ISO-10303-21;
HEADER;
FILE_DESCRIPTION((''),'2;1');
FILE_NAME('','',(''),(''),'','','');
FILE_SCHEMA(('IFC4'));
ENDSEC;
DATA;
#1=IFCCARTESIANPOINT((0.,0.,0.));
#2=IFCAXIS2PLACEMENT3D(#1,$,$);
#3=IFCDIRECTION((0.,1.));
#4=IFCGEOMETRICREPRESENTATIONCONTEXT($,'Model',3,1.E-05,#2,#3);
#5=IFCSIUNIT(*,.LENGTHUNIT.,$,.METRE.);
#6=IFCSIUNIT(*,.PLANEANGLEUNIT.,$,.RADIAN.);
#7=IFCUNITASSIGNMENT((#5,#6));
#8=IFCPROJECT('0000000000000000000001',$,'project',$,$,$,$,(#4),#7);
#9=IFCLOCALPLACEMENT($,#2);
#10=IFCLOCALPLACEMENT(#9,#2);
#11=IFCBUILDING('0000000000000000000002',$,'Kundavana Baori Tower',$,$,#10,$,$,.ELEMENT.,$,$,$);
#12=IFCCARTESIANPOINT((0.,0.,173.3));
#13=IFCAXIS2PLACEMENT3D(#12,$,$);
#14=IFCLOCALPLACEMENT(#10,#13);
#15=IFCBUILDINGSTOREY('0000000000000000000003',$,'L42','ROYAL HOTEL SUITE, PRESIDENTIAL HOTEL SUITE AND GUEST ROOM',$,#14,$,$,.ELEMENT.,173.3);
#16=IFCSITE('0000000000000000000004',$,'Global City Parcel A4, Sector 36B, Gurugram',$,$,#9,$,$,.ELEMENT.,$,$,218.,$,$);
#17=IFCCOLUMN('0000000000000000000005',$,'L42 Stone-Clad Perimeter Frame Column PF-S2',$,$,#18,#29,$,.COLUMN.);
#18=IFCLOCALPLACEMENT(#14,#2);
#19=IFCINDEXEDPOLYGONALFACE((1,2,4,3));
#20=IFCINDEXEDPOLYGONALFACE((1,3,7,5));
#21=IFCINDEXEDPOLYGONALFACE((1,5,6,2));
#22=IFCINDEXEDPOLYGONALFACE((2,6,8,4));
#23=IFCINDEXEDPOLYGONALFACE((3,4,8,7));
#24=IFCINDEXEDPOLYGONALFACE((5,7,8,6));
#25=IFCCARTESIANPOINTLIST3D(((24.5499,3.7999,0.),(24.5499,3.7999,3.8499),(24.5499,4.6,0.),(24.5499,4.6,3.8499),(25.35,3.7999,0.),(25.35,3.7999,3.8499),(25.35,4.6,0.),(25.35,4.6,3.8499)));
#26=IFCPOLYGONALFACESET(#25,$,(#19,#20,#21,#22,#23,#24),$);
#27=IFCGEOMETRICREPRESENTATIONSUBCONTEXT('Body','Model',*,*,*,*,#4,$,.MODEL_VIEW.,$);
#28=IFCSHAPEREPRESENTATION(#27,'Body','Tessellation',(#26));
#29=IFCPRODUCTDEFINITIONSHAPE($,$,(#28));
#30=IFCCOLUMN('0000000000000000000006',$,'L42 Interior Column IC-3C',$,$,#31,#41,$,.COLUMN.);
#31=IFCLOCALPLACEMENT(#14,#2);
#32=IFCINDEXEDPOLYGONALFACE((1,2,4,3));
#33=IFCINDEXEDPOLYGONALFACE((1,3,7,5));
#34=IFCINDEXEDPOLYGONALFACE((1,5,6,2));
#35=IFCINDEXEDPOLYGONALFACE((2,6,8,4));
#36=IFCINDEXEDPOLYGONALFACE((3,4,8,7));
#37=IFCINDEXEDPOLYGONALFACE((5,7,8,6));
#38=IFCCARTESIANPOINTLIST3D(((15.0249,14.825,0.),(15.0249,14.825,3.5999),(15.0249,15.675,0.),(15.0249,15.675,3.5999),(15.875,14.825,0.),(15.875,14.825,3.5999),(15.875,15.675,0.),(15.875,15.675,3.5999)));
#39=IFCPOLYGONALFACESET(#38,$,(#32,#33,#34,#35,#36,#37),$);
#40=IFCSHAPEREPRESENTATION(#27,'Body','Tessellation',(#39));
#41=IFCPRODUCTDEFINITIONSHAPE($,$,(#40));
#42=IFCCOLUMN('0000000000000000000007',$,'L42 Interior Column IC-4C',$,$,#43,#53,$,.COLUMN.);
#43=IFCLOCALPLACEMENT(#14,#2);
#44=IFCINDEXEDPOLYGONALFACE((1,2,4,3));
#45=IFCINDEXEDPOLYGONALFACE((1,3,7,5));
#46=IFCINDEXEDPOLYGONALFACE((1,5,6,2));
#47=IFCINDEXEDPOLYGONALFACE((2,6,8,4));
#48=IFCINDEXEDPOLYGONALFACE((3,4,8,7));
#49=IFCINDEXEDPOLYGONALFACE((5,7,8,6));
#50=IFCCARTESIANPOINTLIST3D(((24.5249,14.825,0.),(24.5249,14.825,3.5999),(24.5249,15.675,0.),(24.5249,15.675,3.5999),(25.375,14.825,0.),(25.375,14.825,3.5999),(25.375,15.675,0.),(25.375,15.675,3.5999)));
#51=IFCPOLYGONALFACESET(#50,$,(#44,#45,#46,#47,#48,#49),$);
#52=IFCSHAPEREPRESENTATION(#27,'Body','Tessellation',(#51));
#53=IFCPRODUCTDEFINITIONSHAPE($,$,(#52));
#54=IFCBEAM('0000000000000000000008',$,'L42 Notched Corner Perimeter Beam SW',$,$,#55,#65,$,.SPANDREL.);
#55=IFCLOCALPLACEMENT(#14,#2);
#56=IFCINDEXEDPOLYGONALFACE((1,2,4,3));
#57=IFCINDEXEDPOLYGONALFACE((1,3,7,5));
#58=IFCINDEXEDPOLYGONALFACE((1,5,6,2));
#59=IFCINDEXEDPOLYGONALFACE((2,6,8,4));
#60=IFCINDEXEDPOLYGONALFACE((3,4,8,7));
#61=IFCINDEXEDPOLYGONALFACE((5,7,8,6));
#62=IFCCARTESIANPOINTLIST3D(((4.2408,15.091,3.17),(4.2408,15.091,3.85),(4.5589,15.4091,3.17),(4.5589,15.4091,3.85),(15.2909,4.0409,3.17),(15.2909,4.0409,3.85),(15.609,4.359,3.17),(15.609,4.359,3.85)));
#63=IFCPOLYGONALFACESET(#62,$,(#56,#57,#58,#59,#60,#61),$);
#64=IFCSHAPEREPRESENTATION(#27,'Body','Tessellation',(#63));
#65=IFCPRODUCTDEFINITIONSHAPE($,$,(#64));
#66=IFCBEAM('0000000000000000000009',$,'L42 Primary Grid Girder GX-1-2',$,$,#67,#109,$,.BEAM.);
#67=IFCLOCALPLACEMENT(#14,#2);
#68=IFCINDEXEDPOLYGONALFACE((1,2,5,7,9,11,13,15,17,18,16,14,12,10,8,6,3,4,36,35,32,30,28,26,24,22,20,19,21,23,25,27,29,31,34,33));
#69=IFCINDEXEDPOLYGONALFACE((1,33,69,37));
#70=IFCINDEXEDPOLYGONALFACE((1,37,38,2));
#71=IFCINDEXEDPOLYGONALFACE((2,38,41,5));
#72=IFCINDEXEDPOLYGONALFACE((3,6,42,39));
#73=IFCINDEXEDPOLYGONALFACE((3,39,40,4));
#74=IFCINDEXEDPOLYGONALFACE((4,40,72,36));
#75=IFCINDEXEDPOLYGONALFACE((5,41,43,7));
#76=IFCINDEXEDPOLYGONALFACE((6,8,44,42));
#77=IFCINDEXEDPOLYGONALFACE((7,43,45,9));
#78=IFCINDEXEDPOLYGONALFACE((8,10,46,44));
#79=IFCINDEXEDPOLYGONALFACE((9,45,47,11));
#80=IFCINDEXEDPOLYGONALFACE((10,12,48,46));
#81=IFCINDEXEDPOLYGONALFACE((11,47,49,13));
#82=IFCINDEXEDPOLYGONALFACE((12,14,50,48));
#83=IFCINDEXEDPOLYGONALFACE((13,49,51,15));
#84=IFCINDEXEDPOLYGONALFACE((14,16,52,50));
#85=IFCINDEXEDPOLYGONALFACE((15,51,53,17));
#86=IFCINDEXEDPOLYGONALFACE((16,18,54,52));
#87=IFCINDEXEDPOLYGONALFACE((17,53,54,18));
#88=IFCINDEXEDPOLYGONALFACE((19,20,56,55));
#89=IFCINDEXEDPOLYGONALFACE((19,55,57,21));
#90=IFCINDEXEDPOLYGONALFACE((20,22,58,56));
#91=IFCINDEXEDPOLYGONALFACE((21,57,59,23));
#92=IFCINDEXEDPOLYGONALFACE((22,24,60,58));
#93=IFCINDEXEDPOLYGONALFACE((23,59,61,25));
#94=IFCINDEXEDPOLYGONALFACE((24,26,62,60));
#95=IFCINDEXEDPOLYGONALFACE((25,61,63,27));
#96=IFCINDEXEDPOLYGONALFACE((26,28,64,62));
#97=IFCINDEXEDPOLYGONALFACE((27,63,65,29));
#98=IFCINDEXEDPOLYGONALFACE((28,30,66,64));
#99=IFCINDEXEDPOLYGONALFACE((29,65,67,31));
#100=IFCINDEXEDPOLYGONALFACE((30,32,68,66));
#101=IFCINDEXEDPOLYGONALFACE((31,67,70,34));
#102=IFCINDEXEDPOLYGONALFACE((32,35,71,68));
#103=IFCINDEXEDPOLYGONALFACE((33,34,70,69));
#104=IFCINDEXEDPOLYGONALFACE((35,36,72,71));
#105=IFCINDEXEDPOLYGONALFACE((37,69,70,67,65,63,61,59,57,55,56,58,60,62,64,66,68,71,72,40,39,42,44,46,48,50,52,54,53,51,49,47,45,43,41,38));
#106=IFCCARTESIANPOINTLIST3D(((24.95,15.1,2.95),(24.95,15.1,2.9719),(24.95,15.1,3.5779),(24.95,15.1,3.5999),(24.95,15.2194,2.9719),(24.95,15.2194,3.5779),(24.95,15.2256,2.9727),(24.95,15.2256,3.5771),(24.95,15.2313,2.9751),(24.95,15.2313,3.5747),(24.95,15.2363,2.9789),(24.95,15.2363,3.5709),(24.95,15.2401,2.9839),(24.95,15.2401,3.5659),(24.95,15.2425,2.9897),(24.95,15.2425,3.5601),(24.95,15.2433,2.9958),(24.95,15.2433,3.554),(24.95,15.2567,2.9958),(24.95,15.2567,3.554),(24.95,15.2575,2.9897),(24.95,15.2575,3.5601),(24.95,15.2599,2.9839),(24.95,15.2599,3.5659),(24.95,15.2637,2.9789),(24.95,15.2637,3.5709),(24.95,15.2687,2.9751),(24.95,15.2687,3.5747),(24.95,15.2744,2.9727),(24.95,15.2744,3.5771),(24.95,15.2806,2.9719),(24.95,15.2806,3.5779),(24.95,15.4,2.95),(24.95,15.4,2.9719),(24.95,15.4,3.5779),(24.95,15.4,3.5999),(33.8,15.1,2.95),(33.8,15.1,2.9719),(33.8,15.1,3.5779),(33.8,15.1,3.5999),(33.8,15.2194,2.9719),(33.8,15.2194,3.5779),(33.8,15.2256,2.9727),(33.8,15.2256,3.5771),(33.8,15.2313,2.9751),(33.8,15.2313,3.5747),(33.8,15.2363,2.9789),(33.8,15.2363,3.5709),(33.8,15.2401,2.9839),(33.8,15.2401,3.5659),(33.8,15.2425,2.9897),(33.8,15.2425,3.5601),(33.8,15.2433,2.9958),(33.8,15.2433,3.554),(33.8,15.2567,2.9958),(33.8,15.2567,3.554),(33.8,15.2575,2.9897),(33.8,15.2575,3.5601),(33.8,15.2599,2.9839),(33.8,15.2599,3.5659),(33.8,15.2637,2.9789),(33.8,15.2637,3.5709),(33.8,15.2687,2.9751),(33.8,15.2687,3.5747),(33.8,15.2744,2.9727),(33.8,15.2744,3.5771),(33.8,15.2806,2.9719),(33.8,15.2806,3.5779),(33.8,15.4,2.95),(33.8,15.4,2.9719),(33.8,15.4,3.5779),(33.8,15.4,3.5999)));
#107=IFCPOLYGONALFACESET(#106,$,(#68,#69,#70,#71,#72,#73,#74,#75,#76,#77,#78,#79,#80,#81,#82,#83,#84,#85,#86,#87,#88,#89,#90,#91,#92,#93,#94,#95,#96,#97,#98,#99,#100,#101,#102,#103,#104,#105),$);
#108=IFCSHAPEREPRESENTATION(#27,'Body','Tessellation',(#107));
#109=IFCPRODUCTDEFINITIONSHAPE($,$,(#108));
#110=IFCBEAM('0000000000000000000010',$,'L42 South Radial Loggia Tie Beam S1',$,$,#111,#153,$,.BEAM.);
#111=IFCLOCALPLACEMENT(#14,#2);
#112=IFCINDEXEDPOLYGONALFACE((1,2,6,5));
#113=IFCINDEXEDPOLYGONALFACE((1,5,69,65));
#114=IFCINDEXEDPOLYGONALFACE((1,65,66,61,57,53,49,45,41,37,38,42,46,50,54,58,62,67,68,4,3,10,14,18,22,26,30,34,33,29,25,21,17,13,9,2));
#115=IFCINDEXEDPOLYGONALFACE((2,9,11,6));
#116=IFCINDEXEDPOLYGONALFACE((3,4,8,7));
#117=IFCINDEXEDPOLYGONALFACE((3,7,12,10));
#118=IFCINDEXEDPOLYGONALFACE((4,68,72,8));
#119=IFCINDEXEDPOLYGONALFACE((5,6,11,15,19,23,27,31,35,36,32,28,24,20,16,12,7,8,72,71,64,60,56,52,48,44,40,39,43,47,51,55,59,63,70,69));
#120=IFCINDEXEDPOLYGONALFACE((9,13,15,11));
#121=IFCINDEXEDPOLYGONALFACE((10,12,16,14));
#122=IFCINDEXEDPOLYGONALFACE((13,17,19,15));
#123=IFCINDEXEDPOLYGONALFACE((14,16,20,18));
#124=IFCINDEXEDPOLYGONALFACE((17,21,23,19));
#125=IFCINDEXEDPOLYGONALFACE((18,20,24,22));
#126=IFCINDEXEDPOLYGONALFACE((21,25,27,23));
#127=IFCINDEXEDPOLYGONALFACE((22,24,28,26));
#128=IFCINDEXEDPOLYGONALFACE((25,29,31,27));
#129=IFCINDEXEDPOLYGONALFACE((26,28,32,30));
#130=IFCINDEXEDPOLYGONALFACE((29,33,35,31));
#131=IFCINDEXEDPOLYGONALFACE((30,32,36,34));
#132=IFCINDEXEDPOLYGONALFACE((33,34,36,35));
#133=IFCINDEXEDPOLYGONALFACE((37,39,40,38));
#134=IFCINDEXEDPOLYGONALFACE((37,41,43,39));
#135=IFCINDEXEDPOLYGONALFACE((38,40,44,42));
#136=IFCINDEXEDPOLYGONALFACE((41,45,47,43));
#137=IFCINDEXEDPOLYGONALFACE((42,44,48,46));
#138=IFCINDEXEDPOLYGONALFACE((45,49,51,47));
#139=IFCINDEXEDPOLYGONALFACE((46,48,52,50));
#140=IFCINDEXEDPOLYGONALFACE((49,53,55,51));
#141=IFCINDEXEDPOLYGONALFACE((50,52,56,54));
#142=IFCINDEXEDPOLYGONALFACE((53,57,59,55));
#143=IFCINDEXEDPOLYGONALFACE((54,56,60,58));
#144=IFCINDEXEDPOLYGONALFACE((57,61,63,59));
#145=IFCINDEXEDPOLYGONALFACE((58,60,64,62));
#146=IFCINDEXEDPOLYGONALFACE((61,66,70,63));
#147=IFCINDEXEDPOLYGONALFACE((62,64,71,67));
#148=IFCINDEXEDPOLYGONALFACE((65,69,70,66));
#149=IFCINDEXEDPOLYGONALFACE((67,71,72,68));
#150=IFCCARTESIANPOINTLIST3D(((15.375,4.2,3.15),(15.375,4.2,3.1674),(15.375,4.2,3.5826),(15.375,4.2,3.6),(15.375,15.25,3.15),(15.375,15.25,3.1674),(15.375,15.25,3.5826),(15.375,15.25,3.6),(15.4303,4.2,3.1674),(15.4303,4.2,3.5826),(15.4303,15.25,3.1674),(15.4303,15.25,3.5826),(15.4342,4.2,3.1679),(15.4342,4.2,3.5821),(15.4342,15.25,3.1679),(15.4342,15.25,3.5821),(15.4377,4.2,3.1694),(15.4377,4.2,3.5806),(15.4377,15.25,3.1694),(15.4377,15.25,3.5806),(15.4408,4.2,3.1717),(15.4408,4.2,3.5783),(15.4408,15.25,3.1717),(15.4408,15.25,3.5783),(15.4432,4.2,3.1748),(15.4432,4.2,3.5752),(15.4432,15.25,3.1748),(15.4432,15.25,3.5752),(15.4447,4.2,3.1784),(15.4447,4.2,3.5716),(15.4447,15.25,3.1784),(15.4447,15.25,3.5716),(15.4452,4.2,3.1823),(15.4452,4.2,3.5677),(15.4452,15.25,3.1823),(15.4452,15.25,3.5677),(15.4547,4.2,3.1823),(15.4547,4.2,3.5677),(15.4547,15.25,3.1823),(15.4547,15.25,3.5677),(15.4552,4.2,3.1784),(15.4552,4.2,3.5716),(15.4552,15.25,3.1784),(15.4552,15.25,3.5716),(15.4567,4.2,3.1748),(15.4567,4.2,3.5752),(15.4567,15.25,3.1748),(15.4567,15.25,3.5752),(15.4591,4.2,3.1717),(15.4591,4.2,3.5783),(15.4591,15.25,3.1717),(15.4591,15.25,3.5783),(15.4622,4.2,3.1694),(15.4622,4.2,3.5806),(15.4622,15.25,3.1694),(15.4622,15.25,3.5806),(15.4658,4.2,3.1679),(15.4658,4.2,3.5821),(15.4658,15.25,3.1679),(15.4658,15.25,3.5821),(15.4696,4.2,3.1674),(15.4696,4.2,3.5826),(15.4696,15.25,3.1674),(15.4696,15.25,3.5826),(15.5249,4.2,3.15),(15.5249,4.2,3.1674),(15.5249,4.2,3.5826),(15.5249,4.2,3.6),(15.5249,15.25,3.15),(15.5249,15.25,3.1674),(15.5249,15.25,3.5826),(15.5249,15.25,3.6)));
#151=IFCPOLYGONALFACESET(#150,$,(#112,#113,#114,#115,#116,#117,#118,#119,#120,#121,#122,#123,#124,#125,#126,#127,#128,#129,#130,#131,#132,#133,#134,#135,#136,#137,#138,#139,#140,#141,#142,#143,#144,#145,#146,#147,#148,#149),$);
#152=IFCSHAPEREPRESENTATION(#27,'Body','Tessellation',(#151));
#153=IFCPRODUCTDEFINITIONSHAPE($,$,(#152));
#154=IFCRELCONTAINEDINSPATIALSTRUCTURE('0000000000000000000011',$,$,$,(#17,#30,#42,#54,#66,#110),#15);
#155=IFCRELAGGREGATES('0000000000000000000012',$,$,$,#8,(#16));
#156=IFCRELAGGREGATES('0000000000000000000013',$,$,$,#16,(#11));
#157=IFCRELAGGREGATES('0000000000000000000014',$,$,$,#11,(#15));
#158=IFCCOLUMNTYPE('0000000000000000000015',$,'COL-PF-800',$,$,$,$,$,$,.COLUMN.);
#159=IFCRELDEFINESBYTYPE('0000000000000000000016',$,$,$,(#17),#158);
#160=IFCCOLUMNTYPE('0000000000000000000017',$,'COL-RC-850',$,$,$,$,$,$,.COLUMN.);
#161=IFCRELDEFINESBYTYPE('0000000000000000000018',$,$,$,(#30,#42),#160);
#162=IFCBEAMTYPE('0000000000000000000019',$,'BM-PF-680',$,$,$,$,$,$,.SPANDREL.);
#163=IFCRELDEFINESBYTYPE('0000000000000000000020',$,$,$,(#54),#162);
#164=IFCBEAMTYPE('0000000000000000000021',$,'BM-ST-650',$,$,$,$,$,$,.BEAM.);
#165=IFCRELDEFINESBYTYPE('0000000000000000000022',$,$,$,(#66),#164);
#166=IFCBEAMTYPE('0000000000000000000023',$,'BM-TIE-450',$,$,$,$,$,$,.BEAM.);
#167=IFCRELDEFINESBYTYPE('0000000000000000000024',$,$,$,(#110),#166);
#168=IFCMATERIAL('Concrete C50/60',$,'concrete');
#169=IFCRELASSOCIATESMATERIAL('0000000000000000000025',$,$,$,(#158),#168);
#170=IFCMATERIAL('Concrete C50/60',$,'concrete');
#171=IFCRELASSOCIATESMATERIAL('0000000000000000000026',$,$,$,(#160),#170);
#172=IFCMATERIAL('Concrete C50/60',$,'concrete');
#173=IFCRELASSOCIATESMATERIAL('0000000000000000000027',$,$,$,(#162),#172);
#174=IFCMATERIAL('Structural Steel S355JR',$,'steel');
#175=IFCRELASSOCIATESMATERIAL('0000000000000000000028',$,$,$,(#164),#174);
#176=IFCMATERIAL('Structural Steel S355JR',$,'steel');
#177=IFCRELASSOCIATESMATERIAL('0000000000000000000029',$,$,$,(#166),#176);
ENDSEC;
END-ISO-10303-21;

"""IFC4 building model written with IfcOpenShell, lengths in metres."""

from ifc_helpers import new_model, si_unit, direction, frame, origin, origin_2d, place, context, subcontext, project, spatial, rectangle, i_section, extrude, material, material_profile, profile_set, type_object, element, save


model = new_model("IFC4")

# Units and contexts
model_context = context("Model", 3, precision=1e-05, world=origin(), true_north=direction((0.0, 1.0)))
body_context = subcontext(model_context, "Body", "Model", "MODEL_VIEW")
ifc_project = project(units=[si_unit("LENGTHUNIT", "METRE"), si_unit("PLANEANGLEUNIT", "RADIAN")], contexts=[model_context])

# Site, building, storey
site_placement = place(None, origin())
site = spatial("IfcSite", under=ifc_project, at=site_placement, Name="Global City Parcel A4, Sector 36B, Gurugram", CompositionType="ELEMENT", RefElevation=218.0)
building_placement = place(site_placement, origin())
building = spatial("IfcBuilding", under=site, at=building_placement, Name="Kundavana Baori Tower", CompositionType="ELEMENT")
storey_placement = place(building_placement, frame((0.0, 0.0, 173.3)))
storey = spatial("IfcBuildingStorey", under=building, at=storey_placement, Name="L42", Description="ROYAL HOTEL SUITE, PRESIDENTIAL HOTEL SUITE AND GUEST ROOM", CompositionType="ELEMENT", Elevation=173.3)

# Columns
ifc_material_1 = material(Name="Concrete C50/60", Category="concrete")
ifc_material_profile_1 = material_profile(ifc_material_1, rectangle(XDim=0.8, YDim=0.8, at=origin_2d()), Name="RC PF 800x800")
ifc_profile_set_1 = profile_set([ifc_material_profile_1], Name="Concrete C50/60")
column_type_1 = type_object("IfcColumnType", Name="COL-PF-800", PredefinedType="COLUMN", material=ifc_profile_set_1)
column_placement = place(storey_placement, frame((24.95, 4.2, 0.0), z_axis=(0.0, 0.0, 1.0), x_axis=(1.0, 0.0, 0.0)))
element("IfcColumn", 1, at=column_placement, inside=storey, type_object=column_type_1, Name="L42 Stone-Clad Perimeter Frame Column PF-S2", PredefinedType="COLUMN", context=body_context, shape_type="SweptSolid", body=[
    extrude(rectangle(XDim=0.8, YDim=0.8, at=origin_2d()), origin(), (0.0, 0.0, 1.0), 3.8499),
])
ifc_material_2 = material(Name="Concrete C50/60", Category="concrete")
ifc_material_profile_2 = material_profile(ifc_material_2, rectangle(XDim=0.8501, YDim=0.8501, at=origin_2d()), Name="RC 850x850")
ifc_profile_set_2 = profile_set([ifc_material_profile_2], Name="Concrete C50/60")
column_type_2 = type_object("IfcColumnType", Name="COL-RC-850", PredefinedType="COLUMN", material=ifc_profile_set_2)
for number, where, z_axis, x_axis, name in (
    (2, (15.45, 15.25, 0.0), (0.0, 0.0, 1.0), (1.0, 0.0, 0.0), "L42 Interior Column IC-3C"),
    (3, (24.95, 15.25, 0.0), (0.0, 0.0, 1.0), (1.0, 0.0, 0.0), "L42 Interior Column IC-4C"),
):
    element("IfcColumn", number, at=place(storey_placement, frame(where, z_axis=z_axis, x_axis=x_axis)), inside=storey, type_object=column_type_2, Name=name, PredefinedType="COLUMN", context=body_context, shape_type="SweptSolid", body=[
        extrude(rectangle(XDim=0.8501, YDim=0.8501, at=origin_2d()), origin(), (0.0, 0.0, 1.0), 3.5999),
    ])

# Beams
ifc_material_3 = material(Name="Concrete C50/60", Category="concrete")
ifc_material_profile_3 = material_profile(ifc_material_3, rectangle(XDim=0.45, YDim=0.6799, at=origin_2d()), Name="RC BM 450x680")
ifc_profile_set_3 = profile_set([ifc_material_profile_3], Name="Concrete C50/60")
beam_type_1 = type_object("IfcBeamType", Name="BM-PF-680", PredefinedType="SPANDREL", material=ifc_profile_set_3)
beam_1_placement = place(storey_placement, frame((15.45, 4.2, 3.51), z_axis=(-0.707107, 0.707107, 0.0), x_axis=(-0.707107, -0.707107, 0.0)))
element("IfcBeam", 4, at=beam_1_placement, inside=storey, type_object=beam_type_1, Name="L42 Notched Corner Perimeter Beam SW", PredefinedType="SPANDREL", context=body_context, shape_type="SweptSolid", body=[
    extrude(rectangle(XDim=0.45, YDim=0.6799, at=origin_2d()), origin(), (0.0, 0.0, 1.0), 15.6272),
])
ifc_material_4 = material(Name="Structural Steel S355JR", Category="steel")
ifc_material_profile_4 = material_profile(ifc_material_4, i_section(OverallWidth=0.3, OverallDepth=0.6499, WebThickness=0.0134, FlangeThickness=0.022, FilletRadius=0.0239, at=origin_2d()), Name="NPB 650x300x155")
ifc_profile_set_4 = profile_set([ifc_material_profile_4], Name="Structural Steel S355JR")
beam_type_2 = type_object("IfcBeamType", Name="BM-ST-650", PredefinedType="BEAM", material=ifc_profile_set_4)
beam_2_placement = place(storey_placement, frame((24.95, 15.25, 3.2749), z_axis=(1.0, 0.0, 0.0), x_axis=(0.0, 1.0, 0.0)))
element("IfcBeam", 5, at=beam_2_placement, inside=storey, type_object=beam_type_2, Name="L42 Primary Grid Girder GX-1-2", PredefinedType="BEAM", context=body_context, shape_type="SweptSolid", body=[
    extrude(i_section(OverallWidth=0.3, OverallDepth=0.6499, WebThickness=0.0134, FlangeThickness=0.022, FilletRadius=0.0239, at=origin_2d()), origin(), (0.0, 0.0, 1.0), 8.8501),
])
ifc_material_5 = material(Name="Structural Steel S355JR", Category="steel")
ifc_material_profile_5 = material_profile(ifc_material_5, i_section(OverallWidth=0.1499, OverallDepth=0.45, WebThickness=0.0095, FlangeThickness=0.0173, FilletRadius=0.0149, at=origin_2d()), Name="ISMB 450")
ifc_profile_set_5 = profile_set([ifc_material_profile_5], Name="Structural Steel S355JR")
beam_type_3 = type_object("IfcBeamType", Name="BM-TIE-450", PredefinedType="BEAM", material=ifc_profile_set_5)
for number, where, z_axis, x_axis, name in (
    (6, (15.45, 15.25, 3.375), (0.0, -1.0, 0.0), (1.0, 0.0, 0.0), "L42 South Radial Loggia Tie Beam S1"),
):
    element("IfcBeam", number, at=place(storey_placement, frame(where, z_axis=z_axis, x_axis=x_axis)), inside=storey, type_object=beam_type_3, Name=name, PredefinedType="BEAM", context=body_context, shape_type="SweptSolid", body=[
        extrude(i_section(OverallWidth=0.1499, OverallDepth=0.45, WebThickness=0.0095, FlangeThickness=0.0173, FilletRadius=0.0149, at=origin_2d()), origin(), (0.0, 0.0, 1.0), 11.05),
    ])

save(model, "model.ifc")
